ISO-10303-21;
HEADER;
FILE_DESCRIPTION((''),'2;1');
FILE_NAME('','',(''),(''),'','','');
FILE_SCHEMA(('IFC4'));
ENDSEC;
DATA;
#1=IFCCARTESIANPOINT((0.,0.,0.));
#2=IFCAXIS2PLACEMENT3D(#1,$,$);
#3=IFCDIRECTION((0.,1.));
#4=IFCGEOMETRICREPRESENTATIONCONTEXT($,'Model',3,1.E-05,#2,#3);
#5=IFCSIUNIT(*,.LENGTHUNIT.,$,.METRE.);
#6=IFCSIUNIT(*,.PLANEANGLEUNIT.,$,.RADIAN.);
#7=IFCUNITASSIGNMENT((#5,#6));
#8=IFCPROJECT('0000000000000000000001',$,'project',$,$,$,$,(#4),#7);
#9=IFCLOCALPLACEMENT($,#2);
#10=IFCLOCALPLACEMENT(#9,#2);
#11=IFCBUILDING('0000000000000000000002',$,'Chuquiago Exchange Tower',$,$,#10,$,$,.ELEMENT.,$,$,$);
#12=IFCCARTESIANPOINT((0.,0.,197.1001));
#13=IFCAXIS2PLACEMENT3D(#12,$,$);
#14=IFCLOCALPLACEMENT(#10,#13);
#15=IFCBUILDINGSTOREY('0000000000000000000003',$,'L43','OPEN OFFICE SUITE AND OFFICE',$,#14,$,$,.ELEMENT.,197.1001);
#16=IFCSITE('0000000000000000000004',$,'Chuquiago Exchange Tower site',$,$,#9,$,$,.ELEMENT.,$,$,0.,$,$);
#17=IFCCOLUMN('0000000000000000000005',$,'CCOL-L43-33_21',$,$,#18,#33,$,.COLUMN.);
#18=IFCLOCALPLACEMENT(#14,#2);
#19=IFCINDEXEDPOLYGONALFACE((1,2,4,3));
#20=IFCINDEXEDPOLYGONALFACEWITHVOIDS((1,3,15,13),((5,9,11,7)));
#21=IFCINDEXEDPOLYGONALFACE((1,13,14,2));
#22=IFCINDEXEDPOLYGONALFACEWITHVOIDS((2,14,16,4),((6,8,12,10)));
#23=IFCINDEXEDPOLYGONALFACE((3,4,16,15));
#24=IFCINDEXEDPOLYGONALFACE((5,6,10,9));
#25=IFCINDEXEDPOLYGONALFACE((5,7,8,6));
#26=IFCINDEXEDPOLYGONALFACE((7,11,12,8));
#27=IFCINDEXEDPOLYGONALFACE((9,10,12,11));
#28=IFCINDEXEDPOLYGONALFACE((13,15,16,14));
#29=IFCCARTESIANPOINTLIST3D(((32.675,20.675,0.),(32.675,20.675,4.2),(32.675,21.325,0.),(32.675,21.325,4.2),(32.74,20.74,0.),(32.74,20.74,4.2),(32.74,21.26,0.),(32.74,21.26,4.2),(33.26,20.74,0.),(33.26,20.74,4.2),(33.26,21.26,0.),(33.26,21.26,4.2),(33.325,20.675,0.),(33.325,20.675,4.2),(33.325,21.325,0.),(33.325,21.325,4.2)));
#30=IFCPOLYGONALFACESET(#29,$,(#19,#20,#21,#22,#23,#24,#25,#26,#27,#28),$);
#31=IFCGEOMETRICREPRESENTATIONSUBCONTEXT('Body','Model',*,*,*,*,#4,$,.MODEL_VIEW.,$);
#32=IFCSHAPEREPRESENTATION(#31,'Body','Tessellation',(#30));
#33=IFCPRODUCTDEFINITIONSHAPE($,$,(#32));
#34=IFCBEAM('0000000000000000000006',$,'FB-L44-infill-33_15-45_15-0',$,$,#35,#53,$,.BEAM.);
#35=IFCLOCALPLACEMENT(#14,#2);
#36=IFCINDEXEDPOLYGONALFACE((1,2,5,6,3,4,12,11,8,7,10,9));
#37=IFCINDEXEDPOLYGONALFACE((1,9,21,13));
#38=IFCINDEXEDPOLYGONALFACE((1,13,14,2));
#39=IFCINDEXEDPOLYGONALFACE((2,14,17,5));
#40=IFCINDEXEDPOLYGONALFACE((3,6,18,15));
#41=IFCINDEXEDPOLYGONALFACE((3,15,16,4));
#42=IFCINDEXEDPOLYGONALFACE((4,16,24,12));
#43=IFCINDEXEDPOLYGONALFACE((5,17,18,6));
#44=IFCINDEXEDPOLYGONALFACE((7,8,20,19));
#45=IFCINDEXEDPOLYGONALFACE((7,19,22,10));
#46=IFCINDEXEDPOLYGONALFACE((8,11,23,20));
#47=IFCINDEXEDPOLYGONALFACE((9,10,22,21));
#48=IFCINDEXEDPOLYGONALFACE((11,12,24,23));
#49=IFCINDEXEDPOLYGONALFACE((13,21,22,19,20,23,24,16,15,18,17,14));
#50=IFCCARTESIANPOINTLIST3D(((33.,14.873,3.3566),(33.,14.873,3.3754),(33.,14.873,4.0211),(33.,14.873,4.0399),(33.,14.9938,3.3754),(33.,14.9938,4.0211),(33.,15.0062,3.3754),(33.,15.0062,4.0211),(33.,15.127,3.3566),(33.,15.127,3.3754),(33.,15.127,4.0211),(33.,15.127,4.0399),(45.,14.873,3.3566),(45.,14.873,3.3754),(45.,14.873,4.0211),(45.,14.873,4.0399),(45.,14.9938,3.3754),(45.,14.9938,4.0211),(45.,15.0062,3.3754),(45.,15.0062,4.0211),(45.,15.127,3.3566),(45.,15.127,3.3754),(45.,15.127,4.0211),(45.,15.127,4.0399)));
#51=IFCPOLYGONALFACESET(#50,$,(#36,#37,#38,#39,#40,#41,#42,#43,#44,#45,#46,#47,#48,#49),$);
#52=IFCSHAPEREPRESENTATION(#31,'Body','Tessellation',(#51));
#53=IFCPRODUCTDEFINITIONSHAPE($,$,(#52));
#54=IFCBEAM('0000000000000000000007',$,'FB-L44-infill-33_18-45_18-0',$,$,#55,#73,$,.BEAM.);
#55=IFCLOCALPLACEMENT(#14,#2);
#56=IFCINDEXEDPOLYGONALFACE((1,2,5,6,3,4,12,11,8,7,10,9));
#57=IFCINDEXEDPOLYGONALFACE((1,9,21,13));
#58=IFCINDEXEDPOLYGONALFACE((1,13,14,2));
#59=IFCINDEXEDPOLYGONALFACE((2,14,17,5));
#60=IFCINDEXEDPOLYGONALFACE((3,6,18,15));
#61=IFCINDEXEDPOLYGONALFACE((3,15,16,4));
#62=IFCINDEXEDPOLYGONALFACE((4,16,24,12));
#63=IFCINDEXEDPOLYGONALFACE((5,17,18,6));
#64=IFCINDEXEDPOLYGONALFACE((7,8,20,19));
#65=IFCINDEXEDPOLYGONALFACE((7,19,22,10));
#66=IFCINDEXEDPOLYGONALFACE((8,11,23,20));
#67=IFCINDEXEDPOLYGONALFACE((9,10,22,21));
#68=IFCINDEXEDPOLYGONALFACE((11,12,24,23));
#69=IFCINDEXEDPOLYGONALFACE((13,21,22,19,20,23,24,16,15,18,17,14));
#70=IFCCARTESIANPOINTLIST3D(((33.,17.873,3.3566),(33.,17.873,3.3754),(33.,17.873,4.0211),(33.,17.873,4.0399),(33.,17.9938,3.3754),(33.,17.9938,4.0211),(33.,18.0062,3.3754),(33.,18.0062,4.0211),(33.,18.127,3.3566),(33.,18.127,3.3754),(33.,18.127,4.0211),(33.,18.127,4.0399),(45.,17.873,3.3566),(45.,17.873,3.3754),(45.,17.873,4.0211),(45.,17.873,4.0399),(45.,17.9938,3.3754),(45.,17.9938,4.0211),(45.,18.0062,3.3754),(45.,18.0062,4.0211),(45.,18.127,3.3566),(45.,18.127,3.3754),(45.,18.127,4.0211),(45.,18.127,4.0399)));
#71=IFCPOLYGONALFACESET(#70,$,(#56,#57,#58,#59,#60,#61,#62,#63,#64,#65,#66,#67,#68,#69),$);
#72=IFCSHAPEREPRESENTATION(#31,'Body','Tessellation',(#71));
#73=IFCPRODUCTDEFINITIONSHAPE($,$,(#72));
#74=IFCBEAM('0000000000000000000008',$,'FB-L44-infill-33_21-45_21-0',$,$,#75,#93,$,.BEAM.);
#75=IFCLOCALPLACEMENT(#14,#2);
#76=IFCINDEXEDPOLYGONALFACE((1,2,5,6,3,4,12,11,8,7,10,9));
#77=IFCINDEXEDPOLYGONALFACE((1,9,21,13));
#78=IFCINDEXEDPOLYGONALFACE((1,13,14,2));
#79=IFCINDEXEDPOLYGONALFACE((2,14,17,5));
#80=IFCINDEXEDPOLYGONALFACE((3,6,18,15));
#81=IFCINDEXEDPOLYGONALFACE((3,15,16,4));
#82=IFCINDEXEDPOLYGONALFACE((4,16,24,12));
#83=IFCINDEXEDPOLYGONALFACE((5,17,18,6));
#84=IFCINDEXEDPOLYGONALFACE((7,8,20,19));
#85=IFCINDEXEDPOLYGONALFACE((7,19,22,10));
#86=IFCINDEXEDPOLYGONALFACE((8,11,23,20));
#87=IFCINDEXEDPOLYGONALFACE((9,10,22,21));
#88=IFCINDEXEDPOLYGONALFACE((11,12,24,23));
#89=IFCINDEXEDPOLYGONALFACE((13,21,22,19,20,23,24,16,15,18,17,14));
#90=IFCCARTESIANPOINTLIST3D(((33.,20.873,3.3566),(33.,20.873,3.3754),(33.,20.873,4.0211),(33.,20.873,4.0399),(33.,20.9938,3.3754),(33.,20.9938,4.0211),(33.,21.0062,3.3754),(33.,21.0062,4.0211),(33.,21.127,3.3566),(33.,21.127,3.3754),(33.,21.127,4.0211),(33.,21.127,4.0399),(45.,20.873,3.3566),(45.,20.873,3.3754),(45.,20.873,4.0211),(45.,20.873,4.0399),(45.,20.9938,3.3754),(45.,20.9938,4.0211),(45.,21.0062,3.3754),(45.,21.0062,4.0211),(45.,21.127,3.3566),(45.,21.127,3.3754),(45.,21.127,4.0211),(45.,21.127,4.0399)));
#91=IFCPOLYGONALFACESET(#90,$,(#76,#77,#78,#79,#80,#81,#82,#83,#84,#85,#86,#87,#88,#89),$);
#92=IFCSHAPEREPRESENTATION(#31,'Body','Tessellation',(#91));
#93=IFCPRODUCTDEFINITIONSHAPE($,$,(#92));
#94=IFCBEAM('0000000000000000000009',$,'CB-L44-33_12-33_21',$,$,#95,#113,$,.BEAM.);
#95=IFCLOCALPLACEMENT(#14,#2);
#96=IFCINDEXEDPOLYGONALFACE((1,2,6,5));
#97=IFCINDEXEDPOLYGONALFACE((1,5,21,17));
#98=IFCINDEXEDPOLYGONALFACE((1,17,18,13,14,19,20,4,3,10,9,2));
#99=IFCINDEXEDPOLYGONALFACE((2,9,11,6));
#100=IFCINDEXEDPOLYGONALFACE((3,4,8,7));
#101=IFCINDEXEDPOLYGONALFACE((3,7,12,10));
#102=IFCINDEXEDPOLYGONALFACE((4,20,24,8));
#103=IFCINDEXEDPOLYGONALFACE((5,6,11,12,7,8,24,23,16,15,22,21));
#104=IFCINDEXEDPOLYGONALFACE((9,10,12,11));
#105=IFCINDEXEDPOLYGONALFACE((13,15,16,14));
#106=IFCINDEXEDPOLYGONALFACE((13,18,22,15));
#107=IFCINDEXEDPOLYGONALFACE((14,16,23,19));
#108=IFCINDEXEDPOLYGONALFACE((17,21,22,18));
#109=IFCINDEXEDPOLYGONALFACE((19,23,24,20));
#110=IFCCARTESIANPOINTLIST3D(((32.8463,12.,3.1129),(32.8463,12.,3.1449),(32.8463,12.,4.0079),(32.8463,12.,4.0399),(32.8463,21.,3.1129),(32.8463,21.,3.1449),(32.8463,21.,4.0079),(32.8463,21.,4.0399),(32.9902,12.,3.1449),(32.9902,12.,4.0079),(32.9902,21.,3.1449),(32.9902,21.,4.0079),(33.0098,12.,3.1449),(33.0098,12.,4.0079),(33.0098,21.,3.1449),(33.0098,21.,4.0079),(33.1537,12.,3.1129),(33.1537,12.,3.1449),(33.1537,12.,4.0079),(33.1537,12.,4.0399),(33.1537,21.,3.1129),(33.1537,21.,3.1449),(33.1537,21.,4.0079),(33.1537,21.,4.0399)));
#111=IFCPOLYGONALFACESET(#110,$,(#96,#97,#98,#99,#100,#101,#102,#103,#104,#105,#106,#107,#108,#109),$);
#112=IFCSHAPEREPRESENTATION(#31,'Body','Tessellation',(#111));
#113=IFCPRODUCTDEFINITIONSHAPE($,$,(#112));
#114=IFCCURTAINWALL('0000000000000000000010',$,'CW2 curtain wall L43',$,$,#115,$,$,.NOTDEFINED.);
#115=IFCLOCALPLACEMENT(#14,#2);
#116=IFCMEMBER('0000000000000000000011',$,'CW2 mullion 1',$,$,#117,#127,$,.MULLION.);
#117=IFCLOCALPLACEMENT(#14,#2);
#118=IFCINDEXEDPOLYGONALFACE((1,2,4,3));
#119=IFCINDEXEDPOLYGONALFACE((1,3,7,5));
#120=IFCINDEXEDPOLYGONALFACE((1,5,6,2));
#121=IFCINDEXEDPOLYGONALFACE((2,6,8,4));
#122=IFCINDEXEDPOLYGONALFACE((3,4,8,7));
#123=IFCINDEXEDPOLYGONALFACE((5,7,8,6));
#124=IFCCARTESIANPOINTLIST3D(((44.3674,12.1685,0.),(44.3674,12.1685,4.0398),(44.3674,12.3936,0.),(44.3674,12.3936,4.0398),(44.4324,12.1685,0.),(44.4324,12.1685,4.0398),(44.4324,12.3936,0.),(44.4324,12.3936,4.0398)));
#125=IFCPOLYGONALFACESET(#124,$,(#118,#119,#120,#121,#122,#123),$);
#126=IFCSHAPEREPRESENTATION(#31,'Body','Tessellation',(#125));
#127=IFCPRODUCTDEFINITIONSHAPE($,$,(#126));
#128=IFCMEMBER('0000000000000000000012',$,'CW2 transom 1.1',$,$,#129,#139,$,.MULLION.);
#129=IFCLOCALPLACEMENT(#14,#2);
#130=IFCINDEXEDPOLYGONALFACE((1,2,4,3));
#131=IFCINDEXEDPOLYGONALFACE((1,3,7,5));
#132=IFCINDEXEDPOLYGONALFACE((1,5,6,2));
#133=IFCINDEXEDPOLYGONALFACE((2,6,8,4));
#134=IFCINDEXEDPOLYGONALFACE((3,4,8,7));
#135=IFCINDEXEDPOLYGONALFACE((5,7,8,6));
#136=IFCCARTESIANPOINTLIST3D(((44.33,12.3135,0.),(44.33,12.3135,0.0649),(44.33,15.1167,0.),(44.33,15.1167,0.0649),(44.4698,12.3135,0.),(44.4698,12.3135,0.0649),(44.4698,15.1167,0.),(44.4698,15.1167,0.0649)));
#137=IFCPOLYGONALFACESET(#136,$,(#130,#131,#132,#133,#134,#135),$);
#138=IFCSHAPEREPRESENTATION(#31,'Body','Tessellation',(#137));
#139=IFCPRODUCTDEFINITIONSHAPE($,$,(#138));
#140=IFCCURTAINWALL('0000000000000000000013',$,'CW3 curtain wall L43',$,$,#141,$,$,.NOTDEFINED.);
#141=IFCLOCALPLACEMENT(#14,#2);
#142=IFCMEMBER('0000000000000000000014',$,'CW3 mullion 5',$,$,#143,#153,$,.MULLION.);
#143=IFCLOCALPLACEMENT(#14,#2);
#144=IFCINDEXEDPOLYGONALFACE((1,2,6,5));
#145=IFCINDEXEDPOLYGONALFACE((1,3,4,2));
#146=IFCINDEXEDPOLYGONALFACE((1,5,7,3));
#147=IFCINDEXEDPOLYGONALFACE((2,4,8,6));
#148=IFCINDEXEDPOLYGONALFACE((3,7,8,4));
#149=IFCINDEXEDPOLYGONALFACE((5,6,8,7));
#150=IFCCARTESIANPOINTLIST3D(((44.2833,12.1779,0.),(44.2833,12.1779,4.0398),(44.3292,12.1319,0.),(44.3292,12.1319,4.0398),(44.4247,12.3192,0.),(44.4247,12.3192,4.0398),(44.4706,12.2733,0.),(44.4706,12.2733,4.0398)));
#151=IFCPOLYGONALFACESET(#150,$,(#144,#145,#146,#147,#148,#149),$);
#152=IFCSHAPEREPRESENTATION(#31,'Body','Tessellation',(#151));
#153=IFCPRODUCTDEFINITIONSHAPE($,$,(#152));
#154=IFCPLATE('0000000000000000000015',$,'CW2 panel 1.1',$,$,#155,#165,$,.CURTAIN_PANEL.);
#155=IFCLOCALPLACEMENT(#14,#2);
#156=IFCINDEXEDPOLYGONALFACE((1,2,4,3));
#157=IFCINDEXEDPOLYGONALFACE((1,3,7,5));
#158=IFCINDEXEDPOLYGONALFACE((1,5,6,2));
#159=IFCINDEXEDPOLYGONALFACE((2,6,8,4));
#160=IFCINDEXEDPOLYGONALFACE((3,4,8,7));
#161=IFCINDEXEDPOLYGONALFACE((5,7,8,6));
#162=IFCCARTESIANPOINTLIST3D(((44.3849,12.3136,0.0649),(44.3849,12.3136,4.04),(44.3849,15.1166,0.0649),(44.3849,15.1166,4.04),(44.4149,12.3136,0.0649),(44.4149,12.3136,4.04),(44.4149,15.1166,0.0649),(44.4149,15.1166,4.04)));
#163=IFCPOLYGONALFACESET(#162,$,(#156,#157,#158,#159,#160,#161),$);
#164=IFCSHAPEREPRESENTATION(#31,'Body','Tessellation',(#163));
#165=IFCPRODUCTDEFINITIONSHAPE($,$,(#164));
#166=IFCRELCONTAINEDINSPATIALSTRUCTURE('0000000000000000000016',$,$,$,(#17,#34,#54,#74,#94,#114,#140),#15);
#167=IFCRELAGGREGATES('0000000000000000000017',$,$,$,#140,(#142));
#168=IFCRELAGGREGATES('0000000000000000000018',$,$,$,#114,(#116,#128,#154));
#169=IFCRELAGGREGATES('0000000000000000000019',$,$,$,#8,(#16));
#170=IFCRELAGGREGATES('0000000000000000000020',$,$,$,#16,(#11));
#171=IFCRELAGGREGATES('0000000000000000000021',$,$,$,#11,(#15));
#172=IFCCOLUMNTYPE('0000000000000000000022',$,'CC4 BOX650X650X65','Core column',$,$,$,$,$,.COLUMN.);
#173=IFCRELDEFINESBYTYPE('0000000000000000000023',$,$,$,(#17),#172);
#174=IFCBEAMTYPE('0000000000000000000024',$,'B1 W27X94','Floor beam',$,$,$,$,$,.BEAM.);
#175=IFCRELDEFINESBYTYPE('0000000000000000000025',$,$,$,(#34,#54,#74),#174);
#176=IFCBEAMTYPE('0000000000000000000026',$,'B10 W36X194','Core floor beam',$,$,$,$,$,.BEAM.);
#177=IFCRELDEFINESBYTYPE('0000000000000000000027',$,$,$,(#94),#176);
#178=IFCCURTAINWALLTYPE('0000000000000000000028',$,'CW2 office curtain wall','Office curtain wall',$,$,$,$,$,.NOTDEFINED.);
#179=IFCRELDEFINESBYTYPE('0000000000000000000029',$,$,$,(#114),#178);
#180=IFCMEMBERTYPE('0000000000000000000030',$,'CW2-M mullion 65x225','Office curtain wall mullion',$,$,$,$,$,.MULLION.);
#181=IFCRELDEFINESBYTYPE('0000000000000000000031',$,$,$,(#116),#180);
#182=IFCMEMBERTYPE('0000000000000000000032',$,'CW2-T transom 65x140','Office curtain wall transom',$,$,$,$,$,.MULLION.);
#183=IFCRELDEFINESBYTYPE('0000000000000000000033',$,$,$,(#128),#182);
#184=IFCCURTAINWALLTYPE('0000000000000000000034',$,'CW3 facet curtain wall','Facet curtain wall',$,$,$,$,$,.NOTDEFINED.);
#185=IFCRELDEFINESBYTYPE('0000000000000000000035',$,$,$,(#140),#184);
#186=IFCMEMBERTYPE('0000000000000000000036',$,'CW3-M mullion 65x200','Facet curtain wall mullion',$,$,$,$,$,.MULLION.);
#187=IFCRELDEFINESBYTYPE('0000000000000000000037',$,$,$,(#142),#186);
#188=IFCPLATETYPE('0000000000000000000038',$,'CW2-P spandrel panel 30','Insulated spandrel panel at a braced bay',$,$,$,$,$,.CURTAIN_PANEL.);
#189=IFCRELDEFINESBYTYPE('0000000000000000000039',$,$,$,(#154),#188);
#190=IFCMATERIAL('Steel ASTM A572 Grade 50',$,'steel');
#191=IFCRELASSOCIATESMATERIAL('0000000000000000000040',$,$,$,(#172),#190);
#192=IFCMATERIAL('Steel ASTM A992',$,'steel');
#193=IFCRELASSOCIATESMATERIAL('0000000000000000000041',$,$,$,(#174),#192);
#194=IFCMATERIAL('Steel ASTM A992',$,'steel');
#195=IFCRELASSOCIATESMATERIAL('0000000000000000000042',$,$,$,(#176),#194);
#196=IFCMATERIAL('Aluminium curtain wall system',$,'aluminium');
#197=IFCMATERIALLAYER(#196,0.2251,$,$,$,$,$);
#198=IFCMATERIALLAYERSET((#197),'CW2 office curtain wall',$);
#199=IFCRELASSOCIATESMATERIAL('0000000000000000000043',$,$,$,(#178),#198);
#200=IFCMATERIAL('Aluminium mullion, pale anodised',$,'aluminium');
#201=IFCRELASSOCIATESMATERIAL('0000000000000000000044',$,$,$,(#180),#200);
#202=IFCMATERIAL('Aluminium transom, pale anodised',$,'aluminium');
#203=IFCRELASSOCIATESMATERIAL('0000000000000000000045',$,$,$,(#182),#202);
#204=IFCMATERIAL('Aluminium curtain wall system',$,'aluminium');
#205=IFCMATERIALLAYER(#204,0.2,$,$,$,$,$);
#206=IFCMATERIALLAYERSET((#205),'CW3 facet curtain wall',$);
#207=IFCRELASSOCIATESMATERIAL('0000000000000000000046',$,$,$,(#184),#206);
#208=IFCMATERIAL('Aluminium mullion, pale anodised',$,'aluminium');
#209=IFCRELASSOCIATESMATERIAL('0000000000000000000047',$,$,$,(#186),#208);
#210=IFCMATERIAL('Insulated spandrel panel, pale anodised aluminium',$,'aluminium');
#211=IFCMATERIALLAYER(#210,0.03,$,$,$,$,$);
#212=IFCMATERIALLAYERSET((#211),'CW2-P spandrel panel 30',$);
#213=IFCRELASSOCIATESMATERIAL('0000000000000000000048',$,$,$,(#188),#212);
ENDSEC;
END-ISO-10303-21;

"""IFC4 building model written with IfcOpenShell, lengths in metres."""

from ifc_helpers import new_model, si_unit, direction, frame, origin, origin_2d, place, context, subcontext, project, spatial, rectangle, hollow_rectangle, i_section, extrude, material, layer, layer_set, material_profile, profile_set, type_object, element, aggregate, save


model = new_model("IFC4")

# Units and contexts
model_context = context("Model", 3, precision=1e-05, world=origin(), true_north=direction((0.0, 1.0)))
body_context = subcontext(model_context, "Body", "Model", "MODEL_VIEW")
ifc_project = project(units=[si_unit("LENGTHUNIT", "METRE"), si_unit("PLANEANGLEUNIT", "RADIAN")], contexts=[model_context])

# Site, building, storey
site_placement = place(None, origin())
site = spatial("IfcSite", under=ifc_project, at=site_placement, Name="Chuquiago Exchange Tower site", CompositionType="ELEMENT", RefElevation=0.0)
building_placement = place(site_placement, origin())
building = spatial("IfcBuilding", under=site, at=building_placement, Name="Chuquiago Exchange Tower", CompositionType="ELEMENT")
storey_placement = place(building_placement, frame((0.0, 0.0, 197.1001)))
storey = spatial("IfcBuildingStorey", under=building, at=storey_placement, Name="L43", Description="OPEN OFFICE SUITE AND OFFICE", CompositionType="ELEMENT", Elevation=197.1001)

# Column
ifc_material_1 = material(Name="Steel ASTM A572 Grade 50", Category="steel")
ifc_material_profile_1 = material_profile(ifc_material_1, hollow_rectangle(XDim=0.6499, YDim=0.6499, WallThickness=0.0649, at=origin_2d()), Name="BOX650X650X65")
ifc_profile_set_1 = profile_set([ifc_material_profile_1], Name="Steel ASTM A572 Grade 50")
column_type = type_object("IfcColumnType", Name="CC4 BOX650X650X65", Description="Core column", PredefinedType="COLUMN", material=ifc_profile_set_1)
column_placement = place(storey_placement, frame((33.0, 21.0, 0.0), z_axis=(0.0, 0.0, 1.0), x_axis=(1.0, 0.0, 0.0)))
element("IfcColumn", 1, at=column_placement, inside=storey, type_object=column_type, Name="CCOL-L43-33_21", PredefinedType="COLUMN", context=body_context, shape_type="SweptSolid", body=[
    extrude(hollow_rectangle(XDim=0.6499, YDim=0.6499, WallThickness=0.0649, at=origin_2d()), origin(), (0.0, 0.0, 1.0), 4.2),
])

# Beams
ifc_material_2 = material(Name="Steel ASTM A992", Category="steel")
ifc_material_profile_2 = material_profile(ifc_material_2, i_section(OverallWidth=0.2539, OverallDepth=0.6833, WebThickness=0.0125, FlangeThickness=0.0188, at=origin_2d()), Name="W27X94")
ifc_profile_set_2 = profile_set([ifc_material_profile_2], Name="Steel ASTM A992")
beam_type_1 = type_object("IfcBeamType", Name="B1 W27X94", Description="Floor beam", PredefinedType="BEAM", material=ifc_profile_set_2)
for number, where, z_axis, x_axis, name in (
    (2, (33.0, 15.0, 3.6982), (1.0, 0.0, 0.0), (0.0, 1.0, 0.0), "FB-L44-infill-33_15-45_15-0"),
    (3, (33.0, 18.0, 3.6982), (1.0, 0.0, 0.0), (0.0, 1.0, 0.0), "FB-L44-infill-33_18-45_18-0"),
    (4, (33.0, 21.0, 3.6982), (1.0, 0.0, 0.0), (0.0, 1.0, 0.0), "FB-L44-infill-33_21-45_21-0"),
):
    element("IfcBeam", number, at=place(storey_placement, frame(where, z_axis=z_axis, x_axis=x_axis)), inside=storey, type_object=beam_type_1, Name=name, PredefinedType="BEAM", context=body_context, shape_type="SweptSolid", body=[
        extrude(i_section(OverallWidth=0.2539, OverallDepth=0.6833, WebThickness=0.0125, FlangeThickness=0.0188, at=origin_2d()), origin(), (0.0, 0.0, 1.0), 12.0),
    ])
ifc_material_3 = material(Name="Steel ASTM A992", Category="steel")
ifc_material_profile_3 = material_profile(ifc_material_3, i_section(OverallWidth=0.3074, OverallDepth=0.927, WebThickness=0.0195, FlangeThickness=0.032, at=origin_2d()), Name="W36X194")
ifc_profile_set_3 = profile_set([ifc_material_profile_3], Name="Steel ASTM A992")
beam_type_2 = type_object("IfcBeamType", Name="B10 W36X194", Description="Core floor beam", PredefinedType="BEAM", material=ifc_profile_set_3)
beam_placement = place(storey_placement, frame((33.0, 12.0, 3.5764), z_axis=(0.0, 1.0, 0.0), x_axis=(-1.0, 0.0, 0.0)))
element("IfcBeam", 5, at=beam_placement, inside=storey, type_object=beam_type_2, Name="CB-L44-33_12-33_21", PredefinedType="BEAM", context=body_context, shape_type="SweptSolid", body=[
    extrude(i_section(OverallWidth=0.3074, OverallDepth=0.927, WebThickness=0.0195, FlangeThickness=0.032, at=origin_2d()), origin(), (0.0, 0.0, 1.0), 9.0),
])

# Curtain wall, members
ifc_material_4 = material(Name="Aluminium curtain wall system", Category="aluminium")
ifc_layer_1 = layer(ifc_material_4, 0.2251)
ifc_layer_set_1 = layer_set([ifc_layer_1], Name="CW2 office curtain wall")
curtain_wall_type_1 = type_object("IfcCurtainWallType", Name="CW2 office curtain wall", Description="Office curtain wall", PredefinedType="NOTDEFINED", material=ifc_layer_set_1)
curtain_wall_1_placement = place(storey_placement, origin())
curtain_wall_1 = element("IfcCurtainWall", 6, at=curtain_wall_1_placement, inside=storey, type_object=curtain_wall_type_1, Name="CW2 curtain wall L43", PredefinedType="NOTDEFINED")
ifc_material_5 = material(Name="Aluminium mullion, pale anodised", Category="aluminium")
ifc_material_profile_4 = material_profile(ifc_material_5, rectangle(XDim=0.0649, YDim=0.2251, at=origin_2d()), Name="AL 65x225")
ifc_profile_set_4 = profile_set([ifc_material_profile_4], Name="Aluminium mullion, pale anodised")
member_type_1 = type_object("IfcMemberType", Name="CW2-M mullion 65x225", Description="Office curtain wall mullion", PredefinedType="MULLION", material=ifc_profile_set_4)
member_1_placement = place(storey_placement, frame((44.3999, 12.281, 0.0), z_axis=(0.0, 0.0, 1.0), x_axis=(-1.0, 0.0, 0.0)))
member_1 = element("IfcMember", 7, at=member_1_placement, type_object=member_type_1, Name="CW2 mullion 1", PredefinedType="MULLION", context=body_context, shape_type="SweptSolid", body=[
    extrude(rectangle(XDim=0.0649, YDim=0.2251, at=origin_2d()), origin(), (0.0, 0.0, 1.0), 4.0398),
])
ifc_material_6 = material(Name="Aluminium transom, pale anodised", Category="aluminium")
ifc_material_profile_5 = material_profile(ifc_material_6, rectangle(XDim=0.1399, YDim=0.0649, at=origin_2d()), Name="AL 140x65")
ifc_profile_set_5 = profile_set([ifc_material_profile_5], Name="Aluminium transom, pale anodised")
member_type_2 = type_object("IfcMemberType", Name="CW2-T transom 65x140", Description="Office curtain wall transom", PredefinedType="MULLION", material=ifc_profile_set_5)
member_2_placement = place(storey_placement, frame((44.3999, 12.3135, 0.0325), z_axis=(0.0, 1.0, 0.0), x_axis=(-1.0, 0.0, 0.0)))
member_2 = element("IfcMember", 8, at=member_2_placement, type_object=member_type_2, Name="CW2 transom 1.1", PredefinedType="MULLION", context=body_context, shape_type="SweptSolid", body=[
    extrude(rectangle(XDim=0.1399, YDim=0.0649, at=origin_2d()), origin(), (0.0, 0.0, 1.0), 2.8032),
])

# Curtain wall, member
ifc_material_7 = material(Name="Aluminium curtain wall system", Category="aluminium")
ifc_layer_2 = layer(ifc_material_7, 0.2)
ifc_layer_set_2 = layer_set([ifc_layer_2], Name="CW3 facet curtain wall")
curtain_wall_type_2 = type_object("IfcCurtainWallType", Name="CW3 facet curtain wall", Description="Facet curtain wall", PredefinedType="NOTDEFINED", material=ifc_layer_set_2)
curtain_wall_2_placement = place(storey_placement, origin())
curtain_wall_2 = element("IfcCurtainWall", 9, at=curtain_wall_2_placement, inside=storey, type_object=curtain_wall_type_2, Name="CW3 curtain wall L43", PredefinedType="NOTDEFINED")
ifc_material_8 = material(Name="Aluminium mullion, pale anodised", Category="aluminium")
ifc_material_profile_6 = material_profile(ifc_material_8, rectangle(XDim=0.0649, YDim=0.2, at=origin_2d()), Name="AL 65x200")
ifc_profile_set_6 = profile_set([ifc_material_profile_6], Name="Aluminium mullion, pale anodised")
member_type_3 = type_object("IfcMemberType", Name="CW3-M mullion 65x200", Description="Facet curtain wall mullion", PredefinedType="MULLION", material=ifc_profile_set_6)
member_3_placement = place(storey_placement, frame((44.377, 12.2256, 0.0), z_axis=(0.0, 0.0, 1.0), x_axis=(-0.707107, 0.707107, 0.0)))
member_3 = element("IfcMember", 10, at=member_3_placement, type_object=member_type_3, Name="CW3 mullion 5", PredefinedType="MULLION", context=body_context, shape_type="SweptSolid", body=[
    extrude(rectangle(XDim=0.0649, YDim=0.2, at=origin_2d()), origin(), (0.0, 0.0, 1.0), 4.0398),
])
aggregate(curtain_wall_2, [member_3])

# Plate
ifc_material_9 = material(Name="Insulated spandrel panel, pale anodised aluminium", Category="aluminium")
ifc_layer_3 = layer(ifc_material_9, 0.03)
ifc_layer_set_3 = layer_set([ifc_layer_3], Name="CW2-P spandrel panel 30")
plate_type = type_object("IfcPlateType", Name="CW2-P spandrel panel 30", Description="Insulated spandrel panel at a braced bay", PredefinedType="CURTAIN_PANEL", material=ifc_layer_set_3)
plate_placement = place(storey_placement, frame((44.3999, 13.7151, 0.0649), z_axis=(0.0, 0.0, 1.0), x_axis=(0.0, 1.0, 0.0)))
plate = element("IfcPlate", 11, at=plate_placement, type_object=plate_type, Name="CW2 panel 1.1", PredefinedType="CURTAIN_PANEL", context=body_context, shape_type="SweptSolid", body=[
    extrude(rectangle(XDim=2.803, YDim=0.03, at=origin_2d()), origin(), (0.0, 0.0, 1.0), 3.9751),
])
aggregate(curtain_wall_1, [member_1, member_2, plate])

save(model, "model.ifc")
